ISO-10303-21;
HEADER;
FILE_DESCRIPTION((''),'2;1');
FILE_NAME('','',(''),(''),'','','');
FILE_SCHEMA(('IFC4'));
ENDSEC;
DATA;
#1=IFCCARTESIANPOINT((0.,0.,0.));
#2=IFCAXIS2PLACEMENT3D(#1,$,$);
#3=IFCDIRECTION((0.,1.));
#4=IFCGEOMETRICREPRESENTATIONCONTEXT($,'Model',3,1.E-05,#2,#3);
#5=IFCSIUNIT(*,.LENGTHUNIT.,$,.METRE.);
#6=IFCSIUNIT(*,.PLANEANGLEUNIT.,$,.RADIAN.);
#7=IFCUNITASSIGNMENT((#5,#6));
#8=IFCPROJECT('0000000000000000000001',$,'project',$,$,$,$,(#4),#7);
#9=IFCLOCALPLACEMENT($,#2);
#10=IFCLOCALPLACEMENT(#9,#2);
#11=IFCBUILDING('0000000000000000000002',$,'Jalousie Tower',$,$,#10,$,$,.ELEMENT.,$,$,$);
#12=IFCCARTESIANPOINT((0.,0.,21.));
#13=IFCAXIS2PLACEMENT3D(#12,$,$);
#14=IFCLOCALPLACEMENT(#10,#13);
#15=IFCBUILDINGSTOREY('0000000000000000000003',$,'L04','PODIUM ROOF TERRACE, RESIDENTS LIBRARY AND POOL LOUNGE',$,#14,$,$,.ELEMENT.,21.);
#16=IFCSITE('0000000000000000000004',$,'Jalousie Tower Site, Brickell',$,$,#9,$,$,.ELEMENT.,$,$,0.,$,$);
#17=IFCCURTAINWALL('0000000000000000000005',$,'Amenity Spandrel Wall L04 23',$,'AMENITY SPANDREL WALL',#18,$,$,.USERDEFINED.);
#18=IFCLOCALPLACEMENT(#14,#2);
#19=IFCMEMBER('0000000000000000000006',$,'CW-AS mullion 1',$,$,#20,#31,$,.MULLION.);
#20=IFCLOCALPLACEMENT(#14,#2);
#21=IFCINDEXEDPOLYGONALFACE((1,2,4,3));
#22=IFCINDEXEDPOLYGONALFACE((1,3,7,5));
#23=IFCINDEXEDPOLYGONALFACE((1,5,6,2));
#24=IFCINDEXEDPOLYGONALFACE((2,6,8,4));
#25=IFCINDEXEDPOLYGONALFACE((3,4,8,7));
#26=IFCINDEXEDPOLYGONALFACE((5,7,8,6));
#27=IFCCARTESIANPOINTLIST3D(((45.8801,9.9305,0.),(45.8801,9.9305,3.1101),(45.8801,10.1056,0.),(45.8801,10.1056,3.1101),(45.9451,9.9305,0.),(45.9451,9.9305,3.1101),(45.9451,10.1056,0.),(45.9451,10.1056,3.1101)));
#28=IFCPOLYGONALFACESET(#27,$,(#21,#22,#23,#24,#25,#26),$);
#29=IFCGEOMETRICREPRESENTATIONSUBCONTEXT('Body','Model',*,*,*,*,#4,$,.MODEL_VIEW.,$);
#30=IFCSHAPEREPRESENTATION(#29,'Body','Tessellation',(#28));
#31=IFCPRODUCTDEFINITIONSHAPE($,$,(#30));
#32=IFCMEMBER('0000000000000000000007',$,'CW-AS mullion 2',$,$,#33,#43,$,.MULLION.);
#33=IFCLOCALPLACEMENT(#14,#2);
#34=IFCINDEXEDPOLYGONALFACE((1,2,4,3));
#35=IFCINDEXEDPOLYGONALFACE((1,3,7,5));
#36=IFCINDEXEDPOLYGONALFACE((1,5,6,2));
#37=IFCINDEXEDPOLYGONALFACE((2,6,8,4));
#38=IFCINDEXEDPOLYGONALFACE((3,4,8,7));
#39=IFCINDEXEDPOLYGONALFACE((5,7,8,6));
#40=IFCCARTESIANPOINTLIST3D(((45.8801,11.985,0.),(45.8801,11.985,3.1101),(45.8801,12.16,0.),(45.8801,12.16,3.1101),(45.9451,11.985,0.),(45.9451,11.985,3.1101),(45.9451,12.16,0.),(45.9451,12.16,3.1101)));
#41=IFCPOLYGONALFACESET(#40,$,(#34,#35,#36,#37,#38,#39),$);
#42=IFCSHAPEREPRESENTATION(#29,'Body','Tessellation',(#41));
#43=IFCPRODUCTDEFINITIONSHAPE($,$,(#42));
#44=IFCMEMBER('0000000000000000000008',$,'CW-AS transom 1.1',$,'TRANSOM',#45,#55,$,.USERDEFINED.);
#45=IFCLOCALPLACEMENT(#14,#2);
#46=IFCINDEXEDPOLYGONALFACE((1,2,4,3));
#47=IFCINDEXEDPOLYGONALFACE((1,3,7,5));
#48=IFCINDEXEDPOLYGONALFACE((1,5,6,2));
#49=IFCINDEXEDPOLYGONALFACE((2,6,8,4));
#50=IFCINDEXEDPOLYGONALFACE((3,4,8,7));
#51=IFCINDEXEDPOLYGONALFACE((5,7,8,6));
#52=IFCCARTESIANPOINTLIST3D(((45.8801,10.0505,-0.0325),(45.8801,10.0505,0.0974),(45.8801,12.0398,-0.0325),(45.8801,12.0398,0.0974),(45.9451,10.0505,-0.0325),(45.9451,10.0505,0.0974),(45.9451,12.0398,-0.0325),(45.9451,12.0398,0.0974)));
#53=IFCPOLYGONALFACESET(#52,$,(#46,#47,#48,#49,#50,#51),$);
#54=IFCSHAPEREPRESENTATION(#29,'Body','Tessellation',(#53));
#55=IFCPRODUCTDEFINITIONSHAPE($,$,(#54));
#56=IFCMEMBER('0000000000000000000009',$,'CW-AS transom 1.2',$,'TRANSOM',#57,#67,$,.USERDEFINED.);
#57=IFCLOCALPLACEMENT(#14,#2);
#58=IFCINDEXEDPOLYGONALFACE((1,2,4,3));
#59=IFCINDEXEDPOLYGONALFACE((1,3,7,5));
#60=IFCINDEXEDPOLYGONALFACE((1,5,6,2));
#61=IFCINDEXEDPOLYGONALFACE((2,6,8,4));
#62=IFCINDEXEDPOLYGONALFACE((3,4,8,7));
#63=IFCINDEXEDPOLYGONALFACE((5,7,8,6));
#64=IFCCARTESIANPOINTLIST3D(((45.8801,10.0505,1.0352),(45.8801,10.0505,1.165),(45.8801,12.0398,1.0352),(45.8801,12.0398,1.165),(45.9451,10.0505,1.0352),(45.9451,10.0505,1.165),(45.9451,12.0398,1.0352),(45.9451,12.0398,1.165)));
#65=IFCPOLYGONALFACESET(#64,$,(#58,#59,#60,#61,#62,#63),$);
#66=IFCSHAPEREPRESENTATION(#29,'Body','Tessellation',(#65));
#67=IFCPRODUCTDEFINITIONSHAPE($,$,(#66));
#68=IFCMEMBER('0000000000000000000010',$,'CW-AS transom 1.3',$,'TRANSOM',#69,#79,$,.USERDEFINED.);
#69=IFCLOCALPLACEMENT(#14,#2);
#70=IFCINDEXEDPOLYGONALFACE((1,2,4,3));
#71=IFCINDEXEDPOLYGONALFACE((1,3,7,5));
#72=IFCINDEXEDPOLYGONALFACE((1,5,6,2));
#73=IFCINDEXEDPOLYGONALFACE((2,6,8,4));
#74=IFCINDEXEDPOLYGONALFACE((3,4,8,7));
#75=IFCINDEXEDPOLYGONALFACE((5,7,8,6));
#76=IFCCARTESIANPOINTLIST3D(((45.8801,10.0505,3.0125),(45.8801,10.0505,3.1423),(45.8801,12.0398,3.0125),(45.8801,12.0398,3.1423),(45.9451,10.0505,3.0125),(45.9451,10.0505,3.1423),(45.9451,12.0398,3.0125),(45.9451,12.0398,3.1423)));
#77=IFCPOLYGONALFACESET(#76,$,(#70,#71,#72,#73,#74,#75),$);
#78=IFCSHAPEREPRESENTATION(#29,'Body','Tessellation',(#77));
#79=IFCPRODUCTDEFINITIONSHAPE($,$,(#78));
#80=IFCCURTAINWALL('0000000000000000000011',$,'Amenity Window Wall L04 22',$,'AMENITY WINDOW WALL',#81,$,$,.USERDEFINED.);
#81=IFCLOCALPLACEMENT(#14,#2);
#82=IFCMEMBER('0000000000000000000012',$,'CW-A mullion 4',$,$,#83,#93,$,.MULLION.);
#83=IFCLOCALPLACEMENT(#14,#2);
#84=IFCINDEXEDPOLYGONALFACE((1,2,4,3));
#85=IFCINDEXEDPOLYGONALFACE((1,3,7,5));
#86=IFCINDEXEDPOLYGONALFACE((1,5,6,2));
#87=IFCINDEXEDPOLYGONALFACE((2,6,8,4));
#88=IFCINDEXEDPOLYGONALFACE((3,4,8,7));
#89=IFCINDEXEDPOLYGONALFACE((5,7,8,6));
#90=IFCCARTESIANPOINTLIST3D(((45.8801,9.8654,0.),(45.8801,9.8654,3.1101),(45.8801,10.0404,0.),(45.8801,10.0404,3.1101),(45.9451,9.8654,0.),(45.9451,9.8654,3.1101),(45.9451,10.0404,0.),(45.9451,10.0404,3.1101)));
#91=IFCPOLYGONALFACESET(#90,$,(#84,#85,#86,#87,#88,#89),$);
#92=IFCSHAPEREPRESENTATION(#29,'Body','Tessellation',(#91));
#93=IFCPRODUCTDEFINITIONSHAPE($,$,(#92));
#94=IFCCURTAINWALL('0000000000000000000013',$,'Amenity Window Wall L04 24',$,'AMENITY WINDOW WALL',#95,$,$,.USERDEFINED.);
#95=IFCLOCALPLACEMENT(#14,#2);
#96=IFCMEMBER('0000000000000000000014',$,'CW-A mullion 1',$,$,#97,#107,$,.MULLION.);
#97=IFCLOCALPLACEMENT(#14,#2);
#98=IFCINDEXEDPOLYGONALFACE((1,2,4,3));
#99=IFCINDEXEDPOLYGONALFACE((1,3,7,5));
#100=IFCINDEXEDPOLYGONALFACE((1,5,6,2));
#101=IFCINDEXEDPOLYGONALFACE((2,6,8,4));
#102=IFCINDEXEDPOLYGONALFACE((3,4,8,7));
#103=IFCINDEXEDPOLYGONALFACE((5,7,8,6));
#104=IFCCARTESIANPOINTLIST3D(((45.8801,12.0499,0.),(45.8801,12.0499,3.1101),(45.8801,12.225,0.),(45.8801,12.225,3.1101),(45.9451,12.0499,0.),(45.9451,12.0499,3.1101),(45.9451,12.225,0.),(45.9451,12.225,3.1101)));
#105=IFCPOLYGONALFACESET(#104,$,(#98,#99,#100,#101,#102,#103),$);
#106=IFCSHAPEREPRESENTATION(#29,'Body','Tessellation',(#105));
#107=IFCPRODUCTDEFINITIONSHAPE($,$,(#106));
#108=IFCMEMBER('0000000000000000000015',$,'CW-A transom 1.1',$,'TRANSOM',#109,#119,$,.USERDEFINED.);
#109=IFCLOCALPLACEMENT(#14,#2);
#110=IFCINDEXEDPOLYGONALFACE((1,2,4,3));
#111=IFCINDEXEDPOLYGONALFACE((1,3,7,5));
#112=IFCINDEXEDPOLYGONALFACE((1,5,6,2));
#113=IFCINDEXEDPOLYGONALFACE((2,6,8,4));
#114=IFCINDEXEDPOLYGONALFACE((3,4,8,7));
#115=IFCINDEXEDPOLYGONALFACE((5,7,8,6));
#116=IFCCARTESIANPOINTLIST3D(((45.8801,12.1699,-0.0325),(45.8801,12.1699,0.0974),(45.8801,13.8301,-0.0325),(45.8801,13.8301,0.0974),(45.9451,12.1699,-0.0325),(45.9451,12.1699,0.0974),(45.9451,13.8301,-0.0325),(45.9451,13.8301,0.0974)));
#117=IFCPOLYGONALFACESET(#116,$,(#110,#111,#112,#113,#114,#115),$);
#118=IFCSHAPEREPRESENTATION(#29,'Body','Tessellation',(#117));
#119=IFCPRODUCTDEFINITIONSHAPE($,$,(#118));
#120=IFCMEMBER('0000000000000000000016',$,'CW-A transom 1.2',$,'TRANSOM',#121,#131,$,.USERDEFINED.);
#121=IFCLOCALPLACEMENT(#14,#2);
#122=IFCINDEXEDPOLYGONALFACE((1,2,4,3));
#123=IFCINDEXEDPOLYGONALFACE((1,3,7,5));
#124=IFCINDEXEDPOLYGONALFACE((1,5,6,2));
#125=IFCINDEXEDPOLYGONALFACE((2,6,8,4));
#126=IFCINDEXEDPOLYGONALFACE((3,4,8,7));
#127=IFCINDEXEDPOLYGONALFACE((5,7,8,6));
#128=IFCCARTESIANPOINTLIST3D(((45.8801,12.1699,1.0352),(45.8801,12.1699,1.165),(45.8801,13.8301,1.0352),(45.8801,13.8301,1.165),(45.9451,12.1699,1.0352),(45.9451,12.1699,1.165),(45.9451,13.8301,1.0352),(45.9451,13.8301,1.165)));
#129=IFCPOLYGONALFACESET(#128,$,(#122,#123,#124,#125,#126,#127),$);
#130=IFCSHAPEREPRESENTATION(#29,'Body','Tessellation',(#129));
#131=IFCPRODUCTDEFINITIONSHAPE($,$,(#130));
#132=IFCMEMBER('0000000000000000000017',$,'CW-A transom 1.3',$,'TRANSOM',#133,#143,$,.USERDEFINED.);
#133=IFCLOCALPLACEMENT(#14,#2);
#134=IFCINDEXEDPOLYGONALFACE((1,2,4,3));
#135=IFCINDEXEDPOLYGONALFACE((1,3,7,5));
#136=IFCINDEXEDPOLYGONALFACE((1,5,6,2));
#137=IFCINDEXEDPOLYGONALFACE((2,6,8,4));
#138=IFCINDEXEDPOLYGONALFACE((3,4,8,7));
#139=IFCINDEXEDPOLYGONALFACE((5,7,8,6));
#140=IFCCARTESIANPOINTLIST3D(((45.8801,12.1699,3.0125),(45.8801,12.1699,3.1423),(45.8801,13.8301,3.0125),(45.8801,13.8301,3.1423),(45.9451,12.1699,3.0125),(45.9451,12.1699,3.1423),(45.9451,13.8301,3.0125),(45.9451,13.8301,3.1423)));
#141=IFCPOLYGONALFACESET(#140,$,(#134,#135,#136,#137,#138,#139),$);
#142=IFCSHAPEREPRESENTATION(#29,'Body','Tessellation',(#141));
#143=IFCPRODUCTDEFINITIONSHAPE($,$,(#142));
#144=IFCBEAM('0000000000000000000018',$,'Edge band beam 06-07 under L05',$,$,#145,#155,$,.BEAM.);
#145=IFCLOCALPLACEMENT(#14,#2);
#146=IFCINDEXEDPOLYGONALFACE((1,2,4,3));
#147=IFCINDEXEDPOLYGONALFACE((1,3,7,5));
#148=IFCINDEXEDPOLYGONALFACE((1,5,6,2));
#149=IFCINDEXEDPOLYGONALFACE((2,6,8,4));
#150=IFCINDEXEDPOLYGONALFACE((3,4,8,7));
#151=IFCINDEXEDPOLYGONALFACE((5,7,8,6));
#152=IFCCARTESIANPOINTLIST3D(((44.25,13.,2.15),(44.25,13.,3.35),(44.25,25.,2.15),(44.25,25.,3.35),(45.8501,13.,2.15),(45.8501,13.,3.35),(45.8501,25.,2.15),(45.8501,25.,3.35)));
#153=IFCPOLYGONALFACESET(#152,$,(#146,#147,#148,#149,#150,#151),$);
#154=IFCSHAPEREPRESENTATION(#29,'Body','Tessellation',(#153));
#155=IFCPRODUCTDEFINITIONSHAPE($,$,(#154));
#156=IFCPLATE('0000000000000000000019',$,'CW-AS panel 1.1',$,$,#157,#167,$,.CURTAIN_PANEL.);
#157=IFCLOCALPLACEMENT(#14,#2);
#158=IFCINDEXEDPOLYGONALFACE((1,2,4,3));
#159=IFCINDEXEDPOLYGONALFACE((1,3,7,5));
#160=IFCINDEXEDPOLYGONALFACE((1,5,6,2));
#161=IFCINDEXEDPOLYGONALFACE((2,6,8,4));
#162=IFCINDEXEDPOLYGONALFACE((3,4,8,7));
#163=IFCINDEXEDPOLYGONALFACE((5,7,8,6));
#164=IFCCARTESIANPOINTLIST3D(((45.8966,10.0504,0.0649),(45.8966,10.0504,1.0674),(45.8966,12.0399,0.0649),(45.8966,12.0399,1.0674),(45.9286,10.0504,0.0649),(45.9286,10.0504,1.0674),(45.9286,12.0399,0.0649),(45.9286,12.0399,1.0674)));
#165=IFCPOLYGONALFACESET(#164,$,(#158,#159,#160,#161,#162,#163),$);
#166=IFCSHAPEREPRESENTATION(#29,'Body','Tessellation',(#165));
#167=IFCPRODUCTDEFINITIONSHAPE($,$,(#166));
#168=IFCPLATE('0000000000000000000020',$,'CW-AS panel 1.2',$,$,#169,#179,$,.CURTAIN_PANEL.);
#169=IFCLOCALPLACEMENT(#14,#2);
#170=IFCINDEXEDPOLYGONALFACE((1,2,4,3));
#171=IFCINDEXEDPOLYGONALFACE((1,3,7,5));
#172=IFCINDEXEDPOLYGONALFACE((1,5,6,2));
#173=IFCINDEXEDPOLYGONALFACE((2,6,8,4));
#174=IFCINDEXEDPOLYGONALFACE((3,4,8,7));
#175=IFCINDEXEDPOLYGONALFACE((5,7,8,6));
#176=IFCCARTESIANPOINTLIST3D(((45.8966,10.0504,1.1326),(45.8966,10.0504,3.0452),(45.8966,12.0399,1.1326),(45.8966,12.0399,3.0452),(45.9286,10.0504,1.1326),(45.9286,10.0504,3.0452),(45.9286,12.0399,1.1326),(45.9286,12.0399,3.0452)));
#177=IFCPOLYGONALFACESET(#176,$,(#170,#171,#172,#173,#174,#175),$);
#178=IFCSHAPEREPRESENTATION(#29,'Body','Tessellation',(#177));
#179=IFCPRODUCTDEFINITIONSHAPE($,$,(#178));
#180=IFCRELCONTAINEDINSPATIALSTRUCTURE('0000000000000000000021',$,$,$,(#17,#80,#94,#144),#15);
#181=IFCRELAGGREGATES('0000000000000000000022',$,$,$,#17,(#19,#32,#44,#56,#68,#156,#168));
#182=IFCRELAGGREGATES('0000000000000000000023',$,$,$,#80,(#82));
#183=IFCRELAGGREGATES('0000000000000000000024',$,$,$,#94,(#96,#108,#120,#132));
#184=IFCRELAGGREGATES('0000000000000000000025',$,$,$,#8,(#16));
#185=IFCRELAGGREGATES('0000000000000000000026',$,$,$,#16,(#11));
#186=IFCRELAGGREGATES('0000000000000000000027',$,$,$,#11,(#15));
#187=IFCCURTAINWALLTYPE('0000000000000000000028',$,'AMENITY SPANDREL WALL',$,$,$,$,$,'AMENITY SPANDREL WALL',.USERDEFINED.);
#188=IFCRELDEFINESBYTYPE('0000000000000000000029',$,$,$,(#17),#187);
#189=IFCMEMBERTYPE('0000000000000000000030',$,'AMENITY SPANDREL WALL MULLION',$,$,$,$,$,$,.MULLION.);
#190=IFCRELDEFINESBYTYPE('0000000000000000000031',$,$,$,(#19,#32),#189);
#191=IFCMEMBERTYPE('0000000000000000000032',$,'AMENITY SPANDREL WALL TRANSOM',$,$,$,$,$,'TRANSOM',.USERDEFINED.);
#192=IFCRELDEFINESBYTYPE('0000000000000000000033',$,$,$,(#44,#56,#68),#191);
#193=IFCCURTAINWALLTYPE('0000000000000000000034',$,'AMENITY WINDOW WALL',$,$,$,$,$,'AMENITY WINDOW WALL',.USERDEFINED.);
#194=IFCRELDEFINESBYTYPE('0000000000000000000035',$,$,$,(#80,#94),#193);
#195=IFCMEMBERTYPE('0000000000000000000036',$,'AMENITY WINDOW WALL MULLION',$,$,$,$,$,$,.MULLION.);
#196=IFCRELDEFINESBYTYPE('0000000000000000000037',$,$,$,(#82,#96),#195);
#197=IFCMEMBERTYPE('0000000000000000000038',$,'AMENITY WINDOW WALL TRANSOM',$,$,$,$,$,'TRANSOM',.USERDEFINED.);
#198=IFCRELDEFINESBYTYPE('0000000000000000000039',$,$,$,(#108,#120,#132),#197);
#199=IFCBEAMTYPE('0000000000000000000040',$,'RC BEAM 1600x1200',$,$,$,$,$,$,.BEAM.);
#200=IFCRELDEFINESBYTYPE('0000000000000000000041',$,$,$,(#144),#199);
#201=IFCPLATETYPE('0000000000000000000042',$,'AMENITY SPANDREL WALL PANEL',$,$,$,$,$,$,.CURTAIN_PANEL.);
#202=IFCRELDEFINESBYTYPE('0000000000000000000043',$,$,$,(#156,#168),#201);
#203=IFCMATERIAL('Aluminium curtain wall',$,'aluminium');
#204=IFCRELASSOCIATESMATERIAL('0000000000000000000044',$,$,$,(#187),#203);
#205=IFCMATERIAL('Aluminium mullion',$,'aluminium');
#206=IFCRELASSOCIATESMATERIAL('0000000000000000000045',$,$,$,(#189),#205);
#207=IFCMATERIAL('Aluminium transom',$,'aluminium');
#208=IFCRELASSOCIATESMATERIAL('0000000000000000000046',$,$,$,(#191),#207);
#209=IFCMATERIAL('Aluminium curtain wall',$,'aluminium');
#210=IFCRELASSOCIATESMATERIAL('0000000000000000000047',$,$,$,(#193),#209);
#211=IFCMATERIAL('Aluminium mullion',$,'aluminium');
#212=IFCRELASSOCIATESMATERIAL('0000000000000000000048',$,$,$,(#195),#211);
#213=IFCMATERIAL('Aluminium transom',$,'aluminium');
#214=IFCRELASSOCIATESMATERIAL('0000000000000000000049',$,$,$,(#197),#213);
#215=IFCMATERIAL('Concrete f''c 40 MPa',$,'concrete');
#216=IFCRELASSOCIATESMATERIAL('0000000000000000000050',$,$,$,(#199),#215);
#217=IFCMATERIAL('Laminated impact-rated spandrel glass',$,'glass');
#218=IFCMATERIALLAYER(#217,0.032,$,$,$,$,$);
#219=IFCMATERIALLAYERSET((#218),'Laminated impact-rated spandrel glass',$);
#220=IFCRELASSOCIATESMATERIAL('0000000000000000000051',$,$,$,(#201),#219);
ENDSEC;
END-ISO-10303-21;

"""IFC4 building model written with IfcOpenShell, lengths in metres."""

from ifc_helpers import new_model, si_unit, direction, frame, origin, origin_2d, place, context, subcontext, project, spatial, rectangle, extrude, material, layer, layer_set, material_profile, profile_set, type_object, element, aggregate, save


model = new_model("IFC4")

# Units and contexts
model_context = context("Model", 3, precision=1e-05, world=origin(), true_north=direction((0.0, 1.0)))
body_context = subcontext(model_context, "Body", "Model", "MODEL_VIEW")
ifc_project = project(units=[si_unit("LENGTHUNIT", "METRE"), si_unit("PLANEANGLEUNIT", "RADIAN")], contexts=[model_context])

# Site, building, storey
site_placement = place(None, origin())
site = spatial("IfcSite", under=ifc_project, at=site_placement, Name="Jalousie Tower Site, Brickell", CompositionType="ELEMENT", RefElevation=0.0)
building_placement = place(site_placement, origin())
building = spatial("IfcBuilding", under=site, at=building_placement, Name="Jalousie Tower", CompositionType="ELEMENT")
storey_placement = place(building_placement, frame((0.0, 0.0, 21.0)))
storey = spatial("IfcBuildingStorey", under=building, at=storey_placement, Name="L04", Description="PODIUM ROOF TERRACE, RESIDENTS LIBRARY AND POOL LOUNGE", CompositionType="ELEMENT", Elevation=21.0)

# Curtain wall, members
ifc_material_1 = material(Name="Aluminium curtain wall", Category="aluminium")
curtain_wall_type_1 = type_object("IfcCurtainWallType", Name="AMENITY SPANDREL WALL", ElementType="AMENITY SPANDREL WALL", PredefinedType="USERDEFINED", material=ifc_material_1)
curtain_wall_1_placement = place(storey_placement, origin())
curtain_wall_1 = element("IfcCurtainWall", 1, at=curtain_wall_1_placement, inside=storey, type_object=curtain_wall_type_1, Name="Amenity Spandrel Wall L04 23", ObjectType="AMENITY SPANDREL WALL", PredefinedType="USERDEFINED")
ifc_material_2 = material(Name="Aluminium mullion", Category="aluminium")
ifc_material_profile_1 = material_profile(ifc_material_2, rectangle(XDim=0.0649, YDim=0.175, at=origin_2d()), Name="MULLION 65x175")
ifc_profile_set_1 = profile_set([ifc_material_profile_1], Name="Aluminium mullion")
member_type_1 = type_object("IfcMemberType", Name="AMENITY SPANDREL WALL MULLION", PredefinedType="MULLION", material=ifc_profile_set_1)
member_1_placement = place(storey_placement, frame((45.9126, 10.0181, 0.0), z_axis=(0.0, 0.0, 1.0), x_axis=(-1.0, 0.0, 0.0)))
member_1 = element("IfcMember", 2, at=member_1_placement, type_object=member_type_1, Name="CW-AS mullion 1", PredefinedType="MULLION", context=body_context, shape_type="SweptSolid", body=[
    extrude(rectangle(XDim=0.0649, YDim=0.175, at=origin_2d()), origin(), (0.0, 0.0, 1.0), 3.1101),
])
member_2_placement = place(storey_placement, frame((45.9126, 12.0725, 0.0), z_axis=(0.0, 0.0, 1.0), x_axis=(-1.0, 0.0, 0.0)))
member_2 = element("IfcMember", 3, at=member_2_placement, type_object=member_type_1, Name="CW-AS mullion 2", PredefinedType="MULLION", context=body_context, shape_type="SweptSolid", body=[
    extrude(rectangle(XDim=0.0649, YDim=0.175, at=origin_2d()), origin(), (0.0, 0.0, 1.0), 3.1101),
])
ifc_material_3 = material(Name="Aluminium transom", Category="aluminium")
ifc_material_profile_2 = material_profile(ifc_material_3, rectangle(XDim=0.0649, YDim=0.1299, at=origin_2d()), Name="TRANSOM 65x130")
ifc_profile_set_2 = profile_set([ifc_material_profile_2], Name="Aluminium transom")
member_type_2 = type_object("IfcMemberType", Name="AMENITY SPANDREL WALL TRANSOM", ElementType="TRANSOM", PredefinedType="USERDEFINED", material=ifc_profile_set_2)
member_3_placement = place(storey_placement, frame((45.9126, 10.0505, 0.0325), z_axis=(0.0, 1.0, 0.0), x_axis=(-1.0, 0.0, 0.0)))
member_3 = element("IfcMember", 4, at=member_3_placement, type_object=member_type_2, Name="CW-AS transom 1.1", ObjectType="TRANSOM", PredefinedType="USERDEFINED", context=body_context, shape_type="SweptSolid", body=[
    extrude(rectangle(XDim=0.0649, YDim=0.1299, at=origin_2d()), origin(), (0.0, 0.0, 1.0), 1.9893),
])
member_4_placement = place(storey_placement, frame((45.9126, 10.0505, 1.1001), z_axis=(0.0, 1.0, 0.0), x_axis=(-1.0, 0.0, 0.0)))
member_4 = element("IfcMember", 5, at=member_4_placement, type_object=member_type_2, Name="CW-AS transom 1.2", ObjectType="TRANSOM", PredefinedType="USERDEFINED", context=body_context, shape_type="SweptSolid", body=[
    extrude(rectangle(XDim=0.0649, YDim=0.1299, at=origin_2d()), origin(), (0.0, 0.0, 1.0), 1.9893),
])
member_5_placement = place(storey_placement, frame((45.9126, 10.0505, 3.0774), z_axis=(0.0, 1.0, 0.0), x_axis=(-1.0, 0.0, 0.0)))
member_5 = element("IfcMember", 6, at=member_5_placement, type_object=member_type_2, Name="CW-AS transom 1.3", ObjectType="TRANSOM", PredefinedType="USERDEFINED", context=body_context, shape_type="SweptSolid", body=[
    extrude(rectangle(XDim=0.0649, YDim=0.1299, at=origin_2d()), origin(), (0.0, 0.0, 1.0), 1.9893),
])

# Curtain wall, member
ifc_material_4 = material(Name="Aluminium curtain wall", Category="aluminium")
curtain_wall_type_2 = type_object("IfcCurtainWallType", Name="AMENITY WINDOW WALL", ElementType="AMENITY WINDOW WALL", PredefinedType="USERDEFINED", material=ifc_material_4)
curtain_wall_2_placement = place(storey_placement, origin())
curtain_wall_2 = element("IfcCurtainWall", 7, at=curtain_wall_2_placement, inside=storey, type_object=curtain_wall_type_2, Name="Amenity Window Wall L04 22", ObjectType="AMENITY WINDOW WALL", PredefinedType="USERDEFINED")
ifc_material_5 = material(Name="Aluminium mullion", Category="aluminium")
ifc_material_profile_3 = material_profile(ifc_material_5, rectangle(XDim=0.0649, YDim=0.175, at=origin_2d()), Name="MULLION 65x175")
ifc_profile_set_3 = profile_set([ifc_material_profile_3], Name="Aluminium mullion")
member_type_3 = type_object("IfcMemberType", Name="AMENITY WINDOW WALL MULLION", PredefinedType="MULLION", material=ifc_profile_set_3)
member_6_placement = place(storey_placement, frame((45.9126, 9.9529, 0.0), z_axis=(0.0, 0.0, 1.0), x_axis=(-1.0, 0.0, 0.0)))
member_6 = element("IfcMember", 8, at=member_6_placement, type_object=member_type_3, Name="CW-A mullion 4", PredefinedType="MULLION", context=body_context, shape_type="SweptSolid", body=[
    extrude(rectangle(XDim=0.0649, YDim=0.175, at=origin_2d()), origin(), (0.0, 0.0, 1.0), 3.1101),
])

# Curtain wall, members
curtain_wall_3_placement = place(storey_placement, origin())
curtain_wall_3 = element("IfcCurtainWall", 9, at=curtain_wall_3_placement, inside=storey, type_object=curtain_wall_type_2, Name="Amenity Window Wall L04 24", ObjectType="AMENITY WINDOW WALL", PredefinedType="USERDEFINED")
member_7_placement = place(storey_placement, frame((45.9126, 12.1375, 0.0), z_axis=(0.0, 0.0, 1.0), x_axis=(-1.0, 0.0, 0.0)))
member_7 = element("IfcMember", 10, at=member_7_placement, type_object=member_type_3, Name="CW-A mullion 1", PredefinedType="MULLION", context=body_context, shape_type="SweptSolid", body=[
    extrude(rectangle(XDim=0.0649, YDim=0.175, at=origin_2d()), origin(), (0.0, 0.0, 1.0), 3.1101),
])
ifc_material_6 = material(Name="Aluminium transom", Category="aluminium")
ifc_material_profile_4 = material_profile(ifc_material_6, rectangle(XDim=0.0649, YDim=0.1299, at=origin_2d()), Name="TRANSOM 65x130")
ifc_profile_set_4 = profile_set([ifc_material_profile_4], Name="Aluminium transom")
member_type_4 = type_object("IfcMemberType", Name="AMENITY WINDOW WALL TRANSOM", ElementType="TRANSOM", PredefinedType="USERDEFINED", material=ifc_profile_set_4)
member_8_placement = place(storey_placement, frame((45.9126, 12.1699, 0.0325), z_axis=(0.0, 1.0, 0.0), x_axis=(-1.0, 0.0, 0.0)))
member_8 = element("IfcMember", 11, at=member_8_placement, type_object=member_type_4, Name="CW-A transom 1.1", ObjectType="TRANSOM", PredefinedType="USERDEFINED", context=body_context, shape_type="SweptSolid", body=[
    extrude(rectangle(XDim=0.0649, YDim=0.1299, at=origin_2d()), origin(), (0.0, 0.0, 1.0), 1.6602),
])
member_9_placement = place(storey_placement, frame((45.9126, 12.1699, 1.1001), z_axis=(0.0, 1.0, 0.0), x_axis=(-1.0, 0.0, 0.0)))
member_9 = element("IfcMember", 12, at=member_9_placement, type_object=member_type_4, Name="CW-A transom 1.2", ObjectType="TRANSOM", PredefinedType="USERDEFINED", context=body_context, shape_type="SweptSolid", body=[
    extrude(rectangle(XDim=0.0649, YDim=0.1299, at=origin_2d()), origin(), (0.0, 0.0, 1.0), 1.6602),
])
member_10_placement = place(storey_placement, frame((45.9126, 12.1699, 3.0774), z_axis=(0.0, 1.0, 0.0), x_axis=(-1.0, 0.0, 0.0)))
member_10 = element("IfcMember", 13, at=member_10_placement, type_object=member_type_4, Name="CW-A transom 1.3", ObjectType="TRANSOM", PredefinedType="USERDEFINED", context=body_context, shape_type="SweptSolid", body=[
    extrude(rectangle(XDim=0.0649, YDim=0.1299, at=origin_2d()), origin(), (0.0, 0.0, 1.0), 1.6602),
])

# Beam
ifc_material_7 = material(Name="Concrete f'c 40 MPa", Category="concrete")
ifc_material_profile_5 = material_profile(ifc_material_7, rectangle(XDim=1.6001, YDim=1.2, at=origin_2d()), Name="RC 1600x1200")
ifc_profile_set_5 = profile_set([ifc_material_profile_5], Name="Concrete f'c 40 MPa")
beam_type = type_object("IfcBeamType", Name="RC BEAM 1600x1200", PredefinedType="BEAM", material=ifc_profile_set_5)
beam_placement = place(storey_placement, frame((45.05, 13.0, 2.75), z_axis=(0.0, 1.0, 0.0), x_axis=(-1.0, 0.0, 0.0)))
element("IfcBeam", 14, at=beam_placement, inside=storey, type_object=beam_type, Name="Edge band beam 06-07 under L05", PredefinedType="BEAM", context=body_context, shape_type="SweptSolid", body=[
    extrude(rectangle(XDim=1.6001, YDim=1.2, at=origin_2d()), origin(), (0.0, 0.0, 1.0), 12.0),
])

# Plates
ifc_material_8 = material(Name="Laminated impact-rated spandrel glass", Category="glass")
ifc_layer_1 = layer(ifc_material_8, 0.032)
ifc_layer_set_1 = layer_set([ifc_layer_1], Name="Laminated impact-rated spandrel glass")
plate_type_1 = type_object("IfcPlateType", Name="AMENITY SPANDREL WALL PANEL", PredefinedType="CURTAIN_PANEL", material=ifc_layer_set_1)
plate_1_placement = place(storey_placement, frame((45.9126, 11.0452, 0.0649), z_axis=(0.0, 0.0, 1.0), x_axis=(0.0, 1.0, 0.0)))
plate_1 = element("IfcPlate", 15, at=plate_1_placement, type_object=plate_type_1, Name="CW-AS panel 1.1", PredefinedType="CURTAIN_PANEL", context=body_context, shape_type="SweptSolid", body=[
    extrude(rectangle(XDim=1.9895, YDim=0.032, at=origin_2d()), origin(), (0.0, 0.0, 1.0), 1.0024),
])
plate_2_placement = place(storey_placement, frame((45.9126, 11.0452, 1.1326), z_axis=(0.0, 0.0, 1.0), x_axis=(0.0, 1.0, 0.0)))
plate_2 = element("IfcPlate", 16, at=plate_2_placement, type_object=plate_type_1, Name="CW-AS panel 1.2", PredefinedType="CURTAIN_PANEL", context=body_context, shape_type="SweptSolid", body=[
    extrude(rectangle(XDim=1.9895, YDim=0.032, at=origin_2d()), origin(), (0.0, 0.0, 1.0), 1.9126),
])
aggregate(curtain_wall_1, [member_1, member_2, member_3, member_4, member_5, plate_1, plate_2])
aggregate(curtain_wall_2, [member_6])
aggregate(curtain_wall_3, [member_7, member_8, member_9, member_10])

save(model, "model.ifc")
